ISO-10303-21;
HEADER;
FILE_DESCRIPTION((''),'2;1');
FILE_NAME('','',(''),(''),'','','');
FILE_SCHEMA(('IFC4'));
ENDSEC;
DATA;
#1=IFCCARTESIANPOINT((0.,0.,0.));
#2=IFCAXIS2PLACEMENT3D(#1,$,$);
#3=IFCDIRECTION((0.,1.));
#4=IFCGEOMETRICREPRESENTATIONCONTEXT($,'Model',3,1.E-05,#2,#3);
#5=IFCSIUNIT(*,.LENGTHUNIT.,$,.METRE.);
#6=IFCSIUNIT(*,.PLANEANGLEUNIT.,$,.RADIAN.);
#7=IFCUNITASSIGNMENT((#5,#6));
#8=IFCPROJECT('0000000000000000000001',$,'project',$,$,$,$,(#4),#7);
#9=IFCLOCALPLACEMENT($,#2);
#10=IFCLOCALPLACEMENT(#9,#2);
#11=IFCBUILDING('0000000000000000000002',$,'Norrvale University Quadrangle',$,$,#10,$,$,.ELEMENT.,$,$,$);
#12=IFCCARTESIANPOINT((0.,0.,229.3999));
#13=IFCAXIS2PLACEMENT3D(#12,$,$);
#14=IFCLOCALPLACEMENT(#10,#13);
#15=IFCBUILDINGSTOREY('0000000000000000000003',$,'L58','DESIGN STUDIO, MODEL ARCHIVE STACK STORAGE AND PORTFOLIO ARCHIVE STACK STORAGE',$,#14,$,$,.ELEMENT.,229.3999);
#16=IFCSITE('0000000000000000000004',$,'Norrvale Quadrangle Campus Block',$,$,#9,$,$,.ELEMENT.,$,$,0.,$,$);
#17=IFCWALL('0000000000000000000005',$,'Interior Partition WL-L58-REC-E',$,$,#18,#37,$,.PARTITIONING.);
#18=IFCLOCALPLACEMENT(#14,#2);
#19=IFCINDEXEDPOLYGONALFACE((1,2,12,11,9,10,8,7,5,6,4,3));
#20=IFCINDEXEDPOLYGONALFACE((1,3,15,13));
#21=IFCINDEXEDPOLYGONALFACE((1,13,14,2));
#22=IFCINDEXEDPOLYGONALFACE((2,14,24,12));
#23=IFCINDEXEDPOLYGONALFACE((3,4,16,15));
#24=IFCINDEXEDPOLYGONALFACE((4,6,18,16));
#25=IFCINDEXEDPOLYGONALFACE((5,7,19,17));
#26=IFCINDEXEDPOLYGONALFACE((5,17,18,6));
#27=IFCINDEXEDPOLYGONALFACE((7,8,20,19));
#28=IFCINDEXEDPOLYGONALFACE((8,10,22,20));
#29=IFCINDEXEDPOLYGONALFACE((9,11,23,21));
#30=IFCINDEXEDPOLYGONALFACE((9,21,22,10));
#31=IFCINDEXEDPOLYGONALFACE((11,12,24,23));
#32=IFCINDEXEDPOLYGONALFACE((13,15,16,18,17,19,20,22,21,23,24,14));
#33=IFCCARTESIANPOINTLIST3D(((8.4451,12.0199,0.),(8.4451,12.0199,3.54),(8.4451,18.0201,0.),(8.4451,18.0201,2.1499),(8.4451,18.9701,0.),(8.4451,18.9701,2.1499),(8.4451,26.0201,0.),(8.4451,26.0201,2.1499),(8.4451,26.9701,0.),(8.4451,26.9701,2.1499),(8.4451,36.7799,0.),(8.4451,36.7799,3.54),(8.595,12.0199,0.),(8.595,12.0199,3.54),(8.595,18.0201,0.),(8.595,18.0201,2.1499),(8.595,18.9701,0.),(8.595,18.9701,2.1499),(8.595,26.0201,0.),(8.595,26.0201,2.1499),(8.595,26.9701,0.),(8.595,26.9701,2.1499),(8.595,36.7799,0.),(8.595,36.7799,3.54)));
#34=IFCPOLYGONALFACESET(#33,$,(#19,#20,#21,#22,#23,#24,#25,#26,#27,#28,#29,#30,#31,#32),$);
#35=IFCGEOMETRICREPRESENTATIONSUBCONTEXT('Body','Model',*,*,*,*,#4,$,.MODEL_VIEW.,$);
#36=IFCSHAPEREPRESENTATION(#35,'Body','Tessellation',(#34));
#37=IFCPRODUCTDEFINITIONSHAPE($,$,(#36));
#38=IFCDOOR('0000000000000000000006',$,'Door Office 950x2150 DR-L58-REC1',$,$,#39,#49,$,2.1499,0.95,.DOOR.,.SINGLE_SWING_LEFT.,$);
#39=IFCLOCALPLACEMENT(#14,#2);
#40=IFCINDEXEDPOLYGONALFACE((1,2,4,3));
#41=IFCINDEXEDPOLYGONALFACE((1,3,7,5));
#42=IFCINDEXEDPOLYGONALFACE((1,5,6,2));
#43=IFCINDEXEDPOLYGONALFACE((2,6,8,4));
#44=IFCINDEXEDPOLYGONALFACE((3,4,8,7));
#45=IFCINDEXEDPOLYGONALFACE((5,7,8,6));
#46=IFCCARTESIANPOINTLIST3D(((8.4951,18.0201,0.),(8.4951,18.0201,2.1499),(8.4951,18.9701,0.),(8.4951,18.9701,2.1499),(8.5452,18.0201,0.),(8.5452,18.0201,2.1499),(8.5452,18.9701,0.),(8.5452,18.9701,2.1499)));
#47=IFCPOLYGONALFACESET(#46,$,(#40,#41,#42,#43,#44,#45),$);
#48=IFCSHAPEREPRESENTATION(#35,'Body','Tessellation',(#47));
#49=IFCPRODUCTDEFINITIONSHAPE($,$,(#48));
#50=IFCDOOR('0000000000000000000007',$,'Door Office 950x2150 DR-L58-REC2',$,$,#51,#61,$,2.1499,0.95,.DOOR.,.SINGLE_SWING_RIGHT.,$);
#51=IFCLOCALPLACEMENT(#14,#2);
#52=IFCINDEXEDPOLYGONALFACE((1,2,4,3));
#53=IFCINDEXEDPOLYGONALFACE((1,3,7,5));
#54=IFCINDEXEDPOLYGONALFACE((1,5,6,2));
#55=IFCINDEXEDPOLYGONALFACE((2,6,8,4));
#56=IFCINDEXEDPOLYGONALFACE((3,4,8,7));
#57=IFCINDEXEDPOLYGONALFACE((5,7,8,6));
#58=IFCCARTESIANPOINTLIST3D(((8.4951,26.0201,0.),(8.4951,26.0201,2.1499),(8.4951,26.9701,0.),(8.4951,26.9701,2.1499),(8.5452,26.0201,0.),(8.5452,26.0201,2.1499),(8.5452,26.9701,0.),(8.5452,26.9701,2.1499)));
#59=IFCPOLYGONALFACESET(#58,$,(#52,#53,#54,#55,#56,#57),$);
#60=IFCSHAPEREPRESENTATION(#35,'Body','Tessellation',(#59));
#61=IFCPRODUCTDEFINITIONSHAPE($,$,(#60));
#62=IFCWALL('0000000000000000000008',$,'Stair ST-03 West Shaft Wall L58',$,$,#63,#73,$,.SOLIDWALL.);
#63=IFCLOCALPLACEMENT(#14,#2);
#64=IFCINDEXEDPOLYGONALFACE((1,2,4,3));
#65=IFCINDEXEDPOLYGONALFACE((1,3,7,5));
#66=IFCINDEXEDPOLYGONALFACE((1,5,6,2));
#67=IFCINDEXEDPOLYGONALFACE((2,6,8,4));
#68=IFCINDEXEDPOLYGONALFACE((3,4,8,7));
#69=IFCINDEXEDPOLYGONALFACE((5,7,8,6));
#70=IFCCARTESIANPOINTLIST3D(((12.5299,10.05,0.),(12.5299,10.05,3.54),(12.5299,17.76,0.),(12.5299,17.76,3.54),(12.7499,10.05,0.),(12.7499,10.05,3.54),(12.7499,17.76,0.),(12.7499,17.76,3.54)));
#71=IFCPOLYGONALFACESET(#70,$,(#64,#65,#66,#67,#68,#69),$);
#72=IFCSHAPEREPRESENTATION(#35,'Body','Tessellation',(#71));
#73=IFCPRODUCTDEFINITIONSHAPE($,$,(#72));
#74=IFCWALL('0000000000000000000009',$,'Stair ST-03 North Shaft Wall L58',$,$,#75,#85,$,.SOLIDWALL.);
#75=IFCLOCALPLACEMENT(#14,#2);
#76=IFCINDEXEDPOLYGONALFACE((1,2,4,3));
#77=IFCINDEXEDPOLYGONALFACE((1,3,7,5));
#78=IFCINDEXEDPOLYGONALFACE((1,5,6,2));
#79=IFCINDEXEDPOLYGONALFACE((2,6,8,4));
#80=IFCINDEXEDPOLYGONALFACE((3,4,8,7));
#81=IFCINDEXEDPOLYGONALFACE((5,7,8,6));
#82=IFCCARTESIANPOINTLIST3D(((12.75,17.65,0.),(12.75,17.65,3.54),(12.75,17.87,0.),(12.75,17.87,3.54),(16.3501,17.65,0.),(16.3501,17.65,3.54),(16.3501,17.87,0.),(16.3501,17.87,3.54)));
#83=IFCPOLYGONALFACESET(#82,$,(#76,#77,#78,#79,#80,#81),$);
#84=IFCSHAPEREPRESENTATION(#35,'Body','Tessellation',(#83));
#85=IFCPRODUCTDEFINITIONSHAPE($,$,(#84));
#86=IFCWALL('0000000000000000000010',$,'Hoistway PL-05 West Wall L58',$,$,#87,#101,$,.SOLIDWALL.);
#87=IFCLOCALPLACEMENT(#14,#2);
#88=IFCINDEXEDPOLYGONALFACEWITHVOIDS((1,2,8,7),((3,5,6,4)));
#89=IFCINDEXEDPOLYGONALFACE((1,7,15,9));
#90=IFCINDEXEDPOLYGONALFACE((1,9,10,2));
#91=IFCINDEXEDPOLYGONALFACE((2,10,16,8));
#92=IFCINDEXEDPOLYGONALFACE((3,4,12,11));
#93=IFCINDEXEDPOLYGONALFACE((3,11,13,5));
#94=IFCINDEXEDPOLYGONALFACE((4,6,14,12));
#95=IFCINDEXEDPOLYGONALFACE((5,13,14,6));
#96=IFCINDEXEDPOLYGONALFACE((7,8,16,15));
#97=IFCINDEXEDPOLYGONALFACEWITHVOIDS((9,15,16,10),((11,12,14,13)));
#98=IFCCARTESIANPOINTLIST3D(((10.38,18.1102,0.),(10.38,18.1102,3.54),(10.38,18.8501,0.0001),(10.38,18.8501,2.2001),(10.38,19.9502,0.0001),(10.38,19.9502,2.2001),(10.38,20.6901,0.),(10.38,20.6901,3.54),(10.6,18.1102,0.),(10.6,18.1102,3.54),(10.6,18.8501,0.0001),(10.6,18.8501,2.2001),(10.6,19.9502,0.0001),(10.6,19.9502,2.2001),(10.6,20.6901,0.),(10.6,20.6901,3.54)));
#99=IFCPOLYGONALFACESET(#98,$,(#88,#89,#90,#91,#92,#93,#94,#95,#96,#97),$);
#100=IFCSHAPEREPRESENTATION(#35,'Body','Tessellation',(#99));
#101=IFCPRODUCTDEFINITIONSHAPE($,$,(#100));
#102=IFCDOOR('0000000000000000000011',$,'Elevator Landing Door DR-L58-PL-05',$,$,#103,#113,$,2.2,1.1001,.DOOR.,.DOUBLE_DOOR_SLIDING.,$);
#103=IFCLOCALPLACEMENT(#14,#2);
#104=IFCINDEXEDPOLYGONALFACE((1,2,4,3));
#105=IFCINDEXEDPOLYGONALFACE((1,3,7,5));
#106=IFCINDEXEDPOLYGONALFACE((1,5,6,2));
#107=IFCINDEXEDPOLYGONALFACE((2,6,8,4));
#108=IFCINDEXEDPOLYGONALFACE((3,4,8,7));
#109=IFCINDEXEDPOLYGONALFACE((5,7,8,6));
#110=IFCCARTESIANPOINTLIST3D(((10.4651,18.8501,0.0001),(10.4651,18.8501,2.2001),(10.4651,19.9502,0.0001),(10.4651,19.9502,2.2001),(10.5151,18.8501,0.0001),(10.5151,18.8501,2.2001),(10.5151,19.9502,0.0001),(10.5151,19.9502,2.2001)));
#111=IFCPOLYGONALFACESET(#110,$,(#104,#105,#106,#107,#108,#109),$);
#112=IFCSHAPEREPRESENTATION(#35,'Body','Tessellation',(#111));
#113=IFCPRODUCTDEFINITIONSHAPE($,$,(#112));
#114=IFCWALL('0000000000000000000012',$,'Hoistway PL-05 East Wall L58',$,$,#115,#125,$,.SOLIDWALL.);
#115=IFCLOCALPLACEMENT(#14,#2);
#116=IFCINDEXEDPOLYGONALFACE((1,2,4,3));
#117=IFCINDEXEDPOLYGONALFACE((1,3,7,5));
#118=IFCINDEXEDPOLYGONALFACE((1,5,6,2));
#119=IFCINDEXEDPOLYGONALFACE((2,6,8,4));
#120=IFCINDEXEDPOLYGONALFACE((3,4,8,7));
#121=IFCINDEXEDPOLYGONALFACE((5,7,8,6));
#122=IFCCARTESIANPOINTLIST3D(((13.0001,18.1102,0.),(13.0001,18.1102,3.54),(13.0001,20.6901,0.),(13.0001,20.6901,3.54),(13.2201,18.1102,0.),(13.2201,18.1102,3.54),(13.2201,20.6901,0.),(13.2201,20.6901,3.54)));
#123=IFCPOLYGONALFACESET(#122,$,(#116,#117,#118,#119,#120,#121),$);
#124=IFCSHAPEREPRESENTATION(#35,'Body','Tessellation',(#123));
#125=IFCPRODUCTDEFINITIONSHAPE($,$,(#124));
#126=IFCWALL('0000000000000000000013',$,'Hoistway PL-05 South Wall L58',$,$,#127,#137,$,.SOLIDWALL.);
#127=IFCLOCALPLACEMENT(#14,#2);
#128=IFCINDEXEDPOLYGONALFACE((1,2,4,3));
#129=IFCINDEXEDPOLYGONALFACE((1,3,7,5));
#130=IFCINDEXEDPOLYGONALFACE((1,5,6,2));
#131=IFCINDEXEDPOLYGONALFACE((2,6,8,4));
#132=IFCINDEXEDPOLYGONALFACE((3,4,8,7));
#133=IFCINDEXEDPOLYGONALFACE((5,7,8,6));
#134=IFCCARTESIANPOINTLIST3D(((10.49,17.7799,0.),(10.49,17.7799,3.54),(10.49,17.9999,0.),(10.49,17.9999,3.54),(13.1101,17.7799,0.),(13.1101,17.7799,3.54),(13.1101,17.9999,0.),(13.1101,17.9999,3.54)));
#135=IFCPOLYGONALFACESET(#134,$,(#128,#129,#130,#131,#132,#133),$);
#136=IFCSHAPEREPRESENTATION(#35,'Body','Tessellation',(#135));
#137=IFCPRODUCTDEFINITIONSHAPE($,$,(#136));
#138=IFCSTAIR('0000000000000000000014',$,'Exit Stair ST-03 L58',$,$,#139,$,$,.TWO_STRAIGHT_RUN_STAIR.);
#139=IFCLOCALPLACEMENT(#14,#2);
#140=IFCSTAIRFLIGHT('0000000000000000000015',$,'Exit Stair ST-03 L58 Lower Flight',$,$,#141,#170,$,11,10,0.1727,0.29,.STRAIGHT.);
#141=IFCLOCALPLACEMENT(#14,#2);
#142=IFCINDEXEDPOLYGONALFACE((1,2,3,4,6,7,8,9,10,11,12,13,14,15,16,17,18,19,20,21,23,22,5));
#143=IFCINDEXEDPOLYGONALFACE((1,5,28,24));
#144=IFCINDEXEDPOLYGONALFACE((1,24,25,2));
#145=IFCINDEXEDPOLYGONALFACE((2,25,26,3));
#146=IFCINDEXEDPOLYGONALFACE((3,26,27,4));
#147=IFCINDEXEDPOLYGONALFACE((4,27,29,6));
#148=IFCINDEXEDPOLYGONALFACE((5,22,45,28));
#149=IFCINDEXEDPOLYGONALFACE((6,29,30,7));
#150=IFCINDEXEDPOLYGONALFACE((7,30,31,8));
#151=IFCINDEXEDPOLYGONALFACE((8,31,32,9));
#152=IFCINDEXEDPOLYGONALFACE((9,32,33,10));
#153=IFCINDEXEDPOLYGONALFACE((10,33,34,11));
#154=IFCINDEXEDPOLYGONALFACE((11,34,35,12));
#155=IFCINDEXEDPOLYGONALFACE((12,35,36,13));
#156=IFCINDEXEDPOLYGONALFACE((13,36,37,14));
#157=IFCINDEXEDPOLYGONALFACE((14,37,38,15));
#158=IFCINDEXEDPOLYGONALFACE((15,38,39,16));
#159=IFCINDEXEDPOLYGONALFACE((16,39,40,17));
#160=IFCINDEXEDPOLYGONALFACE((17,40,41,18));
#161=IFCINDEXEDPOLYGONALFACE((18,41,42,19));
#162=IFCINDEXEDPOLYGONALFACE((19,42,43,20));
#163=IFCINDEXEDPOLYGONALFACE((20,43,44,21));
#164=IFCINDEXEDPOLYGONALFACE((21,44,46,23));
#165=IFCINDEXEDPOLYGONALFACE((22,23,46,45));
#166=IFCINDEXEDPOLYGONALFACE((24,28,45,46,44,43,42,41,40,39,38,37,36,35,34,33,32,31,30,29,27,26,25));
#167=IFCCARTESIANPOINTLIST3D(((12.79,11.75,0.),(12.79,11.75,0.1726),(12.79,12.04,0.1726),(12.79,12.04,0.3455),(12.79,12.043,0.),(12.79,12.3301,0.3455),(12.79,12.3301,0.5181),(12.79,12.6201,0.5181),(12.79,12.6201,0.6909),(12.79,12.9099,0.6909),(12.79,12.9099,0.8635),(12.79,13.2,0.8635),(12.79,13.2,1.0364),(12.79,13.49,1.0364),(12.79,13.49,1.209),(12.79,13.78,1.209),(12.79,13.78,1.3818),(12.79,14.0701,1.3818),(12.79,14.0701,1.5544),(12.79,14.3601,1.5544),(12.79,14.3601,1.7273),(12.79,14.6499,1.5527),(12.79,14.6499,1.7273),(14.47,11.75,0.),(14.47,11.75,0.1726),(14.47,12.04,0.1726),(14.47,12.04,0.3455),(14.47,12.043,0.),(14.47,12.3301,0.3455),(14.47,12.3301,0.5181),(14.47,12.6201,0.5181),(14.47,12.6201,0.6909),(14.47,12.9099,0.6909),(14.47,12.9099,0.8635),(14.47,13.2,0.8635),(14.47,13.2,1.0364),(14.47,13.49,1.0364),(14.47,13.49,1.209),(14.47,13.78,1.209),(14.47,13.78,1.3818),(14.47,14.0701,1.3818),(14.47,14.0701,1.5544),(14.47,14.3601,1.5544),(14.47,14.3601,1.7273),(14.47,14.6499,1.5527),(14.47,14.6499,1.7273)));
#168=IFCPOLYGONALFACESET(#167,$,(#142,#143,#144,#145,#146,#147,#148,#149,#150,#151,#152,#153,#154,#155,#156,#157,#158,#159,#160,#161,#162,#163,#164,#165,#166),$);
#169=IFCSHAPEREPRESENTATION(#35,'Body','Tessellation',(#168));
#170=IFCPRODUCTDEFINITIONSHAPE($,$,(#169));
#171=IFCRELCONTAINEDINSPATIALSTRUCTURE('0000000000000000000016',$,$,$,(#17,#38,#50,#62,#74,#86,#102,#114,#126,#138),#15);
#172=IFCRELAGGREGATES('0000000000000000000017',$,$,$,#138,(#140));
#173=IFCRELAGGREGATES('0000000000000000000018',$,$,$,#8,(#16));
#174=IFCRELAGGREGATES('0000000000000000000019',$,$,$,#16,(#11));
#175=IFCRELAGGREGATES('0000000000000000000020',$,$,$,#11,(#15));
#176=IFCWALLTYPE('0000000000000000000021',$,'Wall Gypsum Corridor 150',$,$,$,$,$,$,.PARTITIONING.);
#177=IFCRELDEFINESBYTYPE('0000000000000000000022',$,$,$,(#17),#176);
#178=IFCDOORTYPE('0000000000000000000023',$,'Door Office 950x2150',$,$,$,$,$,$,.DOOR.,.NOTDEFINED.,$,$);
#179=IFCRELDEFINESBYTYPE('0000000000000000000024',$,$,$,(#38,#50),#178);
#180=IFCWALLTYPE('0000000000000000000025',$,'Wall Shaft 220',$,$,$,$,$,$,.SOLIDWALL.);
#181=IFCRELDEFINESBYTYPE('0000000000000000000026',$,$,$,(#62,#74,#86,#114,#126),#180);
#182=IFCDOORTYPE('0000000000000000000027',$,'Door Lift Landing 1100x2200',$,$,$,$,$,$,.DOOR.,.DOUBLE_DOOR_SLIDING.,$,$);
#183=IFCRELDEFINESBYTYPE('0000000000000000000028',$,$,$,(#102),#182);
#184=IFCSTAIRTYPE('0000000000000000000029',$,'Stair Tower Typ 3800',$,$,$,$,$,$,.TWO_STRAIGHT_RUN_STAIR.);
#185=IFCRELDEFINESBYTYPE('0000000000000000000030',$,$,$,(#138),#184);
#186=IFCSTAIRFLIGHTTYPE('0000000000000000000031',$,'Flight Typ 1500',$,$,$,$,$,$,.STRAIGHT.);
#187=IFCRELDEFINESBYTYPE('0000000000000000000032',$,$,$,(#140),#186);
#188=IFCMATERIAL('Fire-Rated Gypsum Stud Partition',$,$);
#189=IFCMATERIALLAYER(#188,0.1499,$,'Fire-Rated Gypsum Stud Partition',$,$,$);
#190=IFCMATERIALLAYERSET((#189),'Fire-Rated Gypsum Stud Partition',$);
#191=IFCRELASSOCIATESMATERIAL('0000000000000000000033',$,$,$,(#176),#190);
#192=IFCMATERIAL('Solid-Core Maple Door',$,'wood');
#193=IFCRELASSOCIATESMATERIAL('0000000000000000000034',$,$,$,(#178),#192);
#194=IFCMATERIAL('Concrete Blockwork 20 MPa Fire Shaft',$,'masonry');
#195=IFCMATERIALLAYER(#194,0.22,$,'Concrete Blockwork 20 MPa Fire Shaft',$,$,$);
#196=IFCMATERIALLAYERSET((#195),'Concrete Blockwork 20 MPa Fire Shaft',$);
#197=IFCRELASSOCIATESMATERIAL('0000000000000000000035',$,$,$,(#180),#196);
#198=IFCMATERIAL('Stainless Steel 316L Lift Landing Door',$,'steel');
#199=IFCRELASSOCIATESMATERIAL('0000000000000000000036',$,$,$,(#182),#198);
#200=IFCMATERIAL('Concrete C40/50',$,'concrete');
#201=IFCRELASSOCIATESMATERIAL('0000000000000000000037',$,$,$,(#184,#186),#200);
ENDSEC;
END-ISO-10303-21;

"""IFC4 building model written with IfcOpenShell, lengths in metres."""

from ifc_helpers import new_model, si_unit, direction, frame, frame_2d, origin, place, context, subcontext, project, spatial, polyline, rectangle, outline, extrude, material, layer, layer_set, type_object, element, fill, aggregate, save


model = new_model("IFC4")

# Units and contexts
model_context = context("Model", 3, precision=1e-05, world=origin(), true_north=direction((0.0, 1.0)))
body_context = subcontext(model_context, "Body", "Model", "MODEL_VIEW")
ifc_project = project(units=[si_unit("LENGTHUNIT", "METRE"), si_unit("PLANEANGLEUNIT", "RADIAN")], contexts=[model_context])

# Site, building, storey
site_placement = place(None, origin())
site = spatial("IfcSite", under=ifc_project, at=site_placement, Name="Norrvale Quadrangle Campus Block", CompositionType="ELEMENT", RefElevation=0.0)
building_placement = place(site_placement, origin())
building = spatial("IfcBuilding", under=site, at=building_placement, Name="Norrvale University Quadrangle", CompositionType="ELEMENT")
storey_placement = place(building_placement, frame((0.0, 0.0, 229.3999)))
storey = spatial("IfcBuildingStorey", under=building, at=storey_placement, Name="L58", Description="DESIGN STUDIO, MODEL ARCHIVE STACK STORAGE AND PORTFOLIO ARCHIVE STACK STORAGE", CompositionType="ELEMENT", Elevation=229.3999)

# Shared definitions
ifc_material_1 = material(Name="Fire-Rated Gypsum Stud Partition")
ifc_layer_1 = layer(ifc_material_1, 0.1499, Name="Fire-Rated Gypsum Stud Partition")
ifc_layer_set_1 = layer_set([ifc_layer_1], Name="Fire-Rated Gypsum Stud Partition")
wall_type_1 = type_object("IfcWallType", Name="Wall Gypsum Corridor 150", PredefinedType="PARTITIONING", material=ifc_layer_set_1)

# Wall, openings, doors
wall_1_placement = place(storey_placement, frame((8.52, 12.02, 0.0), z_axis=(0.0, 0.0, 1.0), x_axis=(0.0, 1.0, 0.0)))
wall_1 = element("IfcWall", 1, at=wall_1_placement, inside=storey, type_object=wall_type_1, Name="Interior Partition WL-L58-REC-E", PredefinedType="PARTITIONING", context=body_context, shape_type="SweptSolid", body=[
    extrude(rectangle(XDim=24.76, YDim=0.1499, at=frame_2d((12.3799, 0.0))), origin(), (0.0, 0.0, 1.0), 3.54),
])
opening_1_placement = place(wall_1_placement, frame((6.0, 0.0, 0.0)))
opening_1 = element("IfcOpeningElement", 2, at=opening_1_placement, cuts=wall_1, PredefinedType="OPENING", context=body_context, shape_type="SweptSolid", body=[
    extrude(rectangle(XDim=0.95, YDim=2.1499, at=frame_2d((0.4751, 1.075))), frame((0.0, 0.0869, 0.0), z_axis=(0.0, -1.0, 0.0), x_axis=(1.0, 0.0, 0.0)), (0.0, 0.0, 1.0), 0.1738),
])
opening_2_placement = place(wall_1_placement, frame((14.0, 0.0, 0.0)))
opening_2 = element("IfcOpeningElement", 3, at=opening_2_placement, cuts=wall_1, PredefinedType="OPENING", context=body_context, shape_type="SweptSolid", body=[
    extrude(rectangle(XDim=0.95, YDim=2.1499, at=frame_2d((0.4751, 1.075))), frame((0.0, 0.0869, 0.0), z_axis=(0.0, -1.0, 0.0), x_axis=(1.0, 0.0, 0.0)), (0.0, 0.0, 1.0), 0.1738),
])
ifc_material_2 = material(Name="Solid-Core Maple Door", Category="wood")
door_type_1 = type_object("IfcDoorType", Name="Door Office 950x2150", OperationType="NOTDEFINED", PredefinedType="DOOR", material=ifc_material_2)
door_1_placement = place(opening_1_placement, origin())
door_1 = element("IfcDoor", 4, at=door_1_placement, inside=storey, type_object=door_type_1, Name="Door Office 950x2150 DR-L58-REC1", OperationType="SINGLE_SWING_LEFT", OverallHeight=2.1499, OverallWidth=0.95, PredefinedType="DOOR", context=body_context, shape_type="SweptSolid", body=[
    extrude(rectangle(XDim=0.95, YDim=2.1499, at=frame_2d((0.4751, 1.075))), frame((0.0, 0.0249, 0.0), z_axis=(0.0, -1.0, 0.0), x_axis=(1.0, 0.0, 0.0)), (0.0, 0.0, 1.0), 0.05),
])
fill(opening_1, door_1)
door_2_placement = place(opening_2_placement, origin())
door_2 = element("IfcDoor", 5, at=door_2_placement, inside=storey, type_object=door_type_1, Name="Door Office 950x2150 DR-L58-REC2", OperationType="SINGLE_SWING_RIGHT", OverallHeight=2.1499, OverallWidth=0.95, PredefinedType="DOOR", context=body_context, shape_type="SweptSolid", body=[
    extrude(rectangle(XDim=0.95, YDim=2.1499, at=frame_2d((0.4751, 1.075))), frame((0.0, 0.0249, 0.0), z_axis=(0.0, -1.0, 0.0), x_axis=(1.0, 0.0, 0.0)), (0.0, 0.0, 1.0), 0.05),
])
fill(opening_2, door_2)

# Walls
ifc_material_3 = material(Name="Concrete Blockwork 20 MPa Fire Shaft", Category="masonry")
ifc_layer_2 = layer(ifc_material_3, 0.22, Name="Concrete Blockwork 20 MPa Fire Shaft")
ifc_layer_set_2 = layer_set([ifc_layer_2], Name="Concrete Blockwork 20 MPa Fire Shaft")
wall_type_2 = type_object("IfcWallType", Name="Wall Shaft 220", PredefinedType="SOLIDWALL", material=ifc_layer_set_2)
wall_2_placement = place(storey_placement, frame((12.6399, 10.05, 0.0), z_axis=(0.0, 0.0, 1.0), x_axis=(0.0, 1.0, 0.0)))
element("IfcWall", 6, at=wall_2_placement, inside=storey, type_object=wall_type_2, Name="Stair ST-03 West Shaft Wall L58", PredefinedType="SOLIDWALL", context=body_context, shape_type="SweptSolid", body=[
    extrude(rectangle(XDim=7.71, YDim=0.22, at=frame_2d((3.855, 0.0))), origin(), (0.0, 0.0, 1.0), 3.54),
])
wall_3_placement = place(storey_placement, frame((12.75, 17.76, 0.0), z_axis=(0.0, 0.0, 1.0), x_axis=(1.0, 0.0, 0.0)))
element("IfcWall", 7, at=wall_3_placement, inside=storey, type_object=wall_type_2, Name="Stair ST-03 North Shaft Wall L58", PredefinedType="SOLIDWALL", context=body_context, shape_type="SweptSolid", body=[
    extrude(rectangle(XDim=3.6001, YDim=0.22, at=frame_2d((1.8, 0.0))), origin(), (0.0, 0.0, 1.0), 3.54),
])

# Wall, opening, door
wall_4_placement = place(storey_placement, frame((10.49, 18.1101, 0.0), z_axis=(0.0, 0.0, 1.0), x_axis=(0.0, 1.0, 0.0)))
wall_4 = element("IfcWall", 8, at=wall_4_placement, inside=storey, type_object=wall_type_2, Name="Hoistway PL-05 West Wall L58", PredefinedType="SOLIDWALL", context=body_context, shape_type="SweptSolid", body=[
    extrude(rectangle(XDim=2.5798, YDim=0.22, at=frame_2d((1.29, 0.0))), origin(), (0.0, 0.0, 1.0), 3.54),
])
opening_3_placement = place(wall_4_placement, frame((0.74, 0.0, 0.0)))
opening_3 = element("IfcOpeningElement", 9, at=opening_3_placement, cuts=wall_4, PredefinedType="OPENING", context=body_context, shape_type="SweptSolid", body=[
    extrude(rectangle(XDim=1.1001, YDim=2.2, at=frame_2d((0.55, 1.1001))), frame((0.0, 0.1221, 0.0), z_axis=(0.0, -1.0, 0.0), x_axis=(1.0, 0.0, 0.0)), (0.0, 0.0, 1.0), 0.2439),
])
ifc_material_4 = material(Name="Stainless Steel 316L Lift Landing Door", Category="steel")
door_type_2 = type_object("IfcDoorType", Name="Door Lift Landing 1100x2200", OperationType="DOUBLE_DOOR_SLIDING", PredefinedType="DOOR", material=ifc_material_4)
door_3_placement = place(opening_3_placement, origin())
door_3 = element("IfcDoor", 10, at=door_3_placement, inside=storey, type_object=door_type_2, Name="Elevator Landing Door DR-L58-PL-05", OperationType="DOUBLE_DOOR_SLIDING", OverallHeight=2.2, OverallWidth=1.1001, PredefinedType="DOOR", context=body_context, shape_type="SweptSolid", body=[
    extrude(rectangle(XDim=1.1001, YDim=2.2, at=frame_2d((0.55, 1.1001))), frame((0.0, 0.0249, 0.0), z_axis=(0.0, -1.0, 0.0), x_axis=(1.0, 0.0, 0.0)), (0.0, 0.0, 1.0), 0.05),
])
fill(opening_3, door_3)

# Walls
wall_5_placement = place(storey_placement, frame((13.1101, 18.1101, 0.0), z_axis=(0.0, 0.0, 1.0), x_axis=(0.0, 1.0, 0.0)))
element("IfcWall", 11, at=wall_5_placement, inside=storey, type_object=wall_type_2, Name="Hoistway PL-05 East Wall L58", PredefinedType="SOLIDWALL", context=body_context, shape_type="SweptSolid", body=[
    extrude(rectangle(XDim=2.5798, YDim=0.22, at=frame_2d((1.29, 0.0))), origin(), (0.0, 0.0, 1.0), 3.54),
])
wall_6_placement = place(storey_placement, frame((10.49, 17.8899, 0.0), z_axis=(0.0, 0.0, 1.0), x_axis=(1.0, 0.0, 0.0)))
element("IfcWall", 12, at=wall_6_placement, inside=storey, type_object=wall_type_2, Name="Hoistway PL-05 South Wall L58", PredefinedType="SOLIDWALL", context=body_context, shape_type="SweptSolid", body=[
    extrude(rectangle(XDim=2.6201, YDim=0.22, at=frame_2d((1.3101, 0.0))), origin(), (0.0, 0.0, 1.0), 3.54),
])

# Stair, stair flight
ifc_material_5 = material(Name="Concrete C40/50", Category="concrete")
stair_type = type_object("IfcStairType", Name="Stair Tower Typ 3800", PredefinedType="TWO_STRAIGHT_RUN_STAIR", material=ifc_material_5)
stair_placement = place(storey_placement, origin())
stair = element("IfcStair", 13, at=stair_placement, inside=storey, type_object=stair_type, Name="Exit Stair ST-03 L58", PredefinedType="TWO_STRAIGHT_RUN_STAIR")
stair_flight_type = type_object("IfcStairFlightType", Name="Flight Typ 1500", PredefinedType="STRAIGHT", material=ifc_material_5)
stair_flight_1_placement = place(storey_placement, frame((13.6299, 11.75, 0.0), z_axis=(0.0, 0.0, 1.0), x_axis=(0.0, 1.0, 0.0)))
stair_flight_1 = element("IfcStairFlight", 14, at=stair_flight_1_placement, type_object=stair_flight_type, Name="Exit Stair ST-03 L58 Lower Flight", NumberOfRisers=11, NumberOfTreads=10, PredefinedType="STRAIGHT", RiserHeight=0.1727, TreadLength=0.29, context=body_context, shape_type="SweptSolid", body=[
    extrude(outline(polyline([(0.0, 0.0), (0.0, 0.1726), (0.29, 0.1726), (0.29, 0.3455), (0.5801, 0.3455), (0.5801, 0.5181), (0.8701, 0.5181), (0.8701, 0.6909), (1.1599, 0.6909), (1.1599, 0.8635), (1.45, 0.8635), (1.45, 1.0364), (1.74, 1.0364), (1.74, 1.209), (2.03, 1.209), (2.03, 1.3818), (2.3201, 1.3818), (2.3201, 1.5544), (2.6101, 1.5544), (2.6101, 1.7273), (2.8999, 1.7273), (2.8999, 1.8999), (2.8999, 1.5527), (0.293, 0.0), (0.0, 0.0)])), frame((0.0, 0.8398, 0.0), z_axis=(0.0, -1.0, 0.0), x_axis=(1.0, 0.0, 0.0)), (0.0, 0.0, 1.0), 1.6799),
])
aggregate(stair, [stair_flight_1])

save(model, "model.ifc")
